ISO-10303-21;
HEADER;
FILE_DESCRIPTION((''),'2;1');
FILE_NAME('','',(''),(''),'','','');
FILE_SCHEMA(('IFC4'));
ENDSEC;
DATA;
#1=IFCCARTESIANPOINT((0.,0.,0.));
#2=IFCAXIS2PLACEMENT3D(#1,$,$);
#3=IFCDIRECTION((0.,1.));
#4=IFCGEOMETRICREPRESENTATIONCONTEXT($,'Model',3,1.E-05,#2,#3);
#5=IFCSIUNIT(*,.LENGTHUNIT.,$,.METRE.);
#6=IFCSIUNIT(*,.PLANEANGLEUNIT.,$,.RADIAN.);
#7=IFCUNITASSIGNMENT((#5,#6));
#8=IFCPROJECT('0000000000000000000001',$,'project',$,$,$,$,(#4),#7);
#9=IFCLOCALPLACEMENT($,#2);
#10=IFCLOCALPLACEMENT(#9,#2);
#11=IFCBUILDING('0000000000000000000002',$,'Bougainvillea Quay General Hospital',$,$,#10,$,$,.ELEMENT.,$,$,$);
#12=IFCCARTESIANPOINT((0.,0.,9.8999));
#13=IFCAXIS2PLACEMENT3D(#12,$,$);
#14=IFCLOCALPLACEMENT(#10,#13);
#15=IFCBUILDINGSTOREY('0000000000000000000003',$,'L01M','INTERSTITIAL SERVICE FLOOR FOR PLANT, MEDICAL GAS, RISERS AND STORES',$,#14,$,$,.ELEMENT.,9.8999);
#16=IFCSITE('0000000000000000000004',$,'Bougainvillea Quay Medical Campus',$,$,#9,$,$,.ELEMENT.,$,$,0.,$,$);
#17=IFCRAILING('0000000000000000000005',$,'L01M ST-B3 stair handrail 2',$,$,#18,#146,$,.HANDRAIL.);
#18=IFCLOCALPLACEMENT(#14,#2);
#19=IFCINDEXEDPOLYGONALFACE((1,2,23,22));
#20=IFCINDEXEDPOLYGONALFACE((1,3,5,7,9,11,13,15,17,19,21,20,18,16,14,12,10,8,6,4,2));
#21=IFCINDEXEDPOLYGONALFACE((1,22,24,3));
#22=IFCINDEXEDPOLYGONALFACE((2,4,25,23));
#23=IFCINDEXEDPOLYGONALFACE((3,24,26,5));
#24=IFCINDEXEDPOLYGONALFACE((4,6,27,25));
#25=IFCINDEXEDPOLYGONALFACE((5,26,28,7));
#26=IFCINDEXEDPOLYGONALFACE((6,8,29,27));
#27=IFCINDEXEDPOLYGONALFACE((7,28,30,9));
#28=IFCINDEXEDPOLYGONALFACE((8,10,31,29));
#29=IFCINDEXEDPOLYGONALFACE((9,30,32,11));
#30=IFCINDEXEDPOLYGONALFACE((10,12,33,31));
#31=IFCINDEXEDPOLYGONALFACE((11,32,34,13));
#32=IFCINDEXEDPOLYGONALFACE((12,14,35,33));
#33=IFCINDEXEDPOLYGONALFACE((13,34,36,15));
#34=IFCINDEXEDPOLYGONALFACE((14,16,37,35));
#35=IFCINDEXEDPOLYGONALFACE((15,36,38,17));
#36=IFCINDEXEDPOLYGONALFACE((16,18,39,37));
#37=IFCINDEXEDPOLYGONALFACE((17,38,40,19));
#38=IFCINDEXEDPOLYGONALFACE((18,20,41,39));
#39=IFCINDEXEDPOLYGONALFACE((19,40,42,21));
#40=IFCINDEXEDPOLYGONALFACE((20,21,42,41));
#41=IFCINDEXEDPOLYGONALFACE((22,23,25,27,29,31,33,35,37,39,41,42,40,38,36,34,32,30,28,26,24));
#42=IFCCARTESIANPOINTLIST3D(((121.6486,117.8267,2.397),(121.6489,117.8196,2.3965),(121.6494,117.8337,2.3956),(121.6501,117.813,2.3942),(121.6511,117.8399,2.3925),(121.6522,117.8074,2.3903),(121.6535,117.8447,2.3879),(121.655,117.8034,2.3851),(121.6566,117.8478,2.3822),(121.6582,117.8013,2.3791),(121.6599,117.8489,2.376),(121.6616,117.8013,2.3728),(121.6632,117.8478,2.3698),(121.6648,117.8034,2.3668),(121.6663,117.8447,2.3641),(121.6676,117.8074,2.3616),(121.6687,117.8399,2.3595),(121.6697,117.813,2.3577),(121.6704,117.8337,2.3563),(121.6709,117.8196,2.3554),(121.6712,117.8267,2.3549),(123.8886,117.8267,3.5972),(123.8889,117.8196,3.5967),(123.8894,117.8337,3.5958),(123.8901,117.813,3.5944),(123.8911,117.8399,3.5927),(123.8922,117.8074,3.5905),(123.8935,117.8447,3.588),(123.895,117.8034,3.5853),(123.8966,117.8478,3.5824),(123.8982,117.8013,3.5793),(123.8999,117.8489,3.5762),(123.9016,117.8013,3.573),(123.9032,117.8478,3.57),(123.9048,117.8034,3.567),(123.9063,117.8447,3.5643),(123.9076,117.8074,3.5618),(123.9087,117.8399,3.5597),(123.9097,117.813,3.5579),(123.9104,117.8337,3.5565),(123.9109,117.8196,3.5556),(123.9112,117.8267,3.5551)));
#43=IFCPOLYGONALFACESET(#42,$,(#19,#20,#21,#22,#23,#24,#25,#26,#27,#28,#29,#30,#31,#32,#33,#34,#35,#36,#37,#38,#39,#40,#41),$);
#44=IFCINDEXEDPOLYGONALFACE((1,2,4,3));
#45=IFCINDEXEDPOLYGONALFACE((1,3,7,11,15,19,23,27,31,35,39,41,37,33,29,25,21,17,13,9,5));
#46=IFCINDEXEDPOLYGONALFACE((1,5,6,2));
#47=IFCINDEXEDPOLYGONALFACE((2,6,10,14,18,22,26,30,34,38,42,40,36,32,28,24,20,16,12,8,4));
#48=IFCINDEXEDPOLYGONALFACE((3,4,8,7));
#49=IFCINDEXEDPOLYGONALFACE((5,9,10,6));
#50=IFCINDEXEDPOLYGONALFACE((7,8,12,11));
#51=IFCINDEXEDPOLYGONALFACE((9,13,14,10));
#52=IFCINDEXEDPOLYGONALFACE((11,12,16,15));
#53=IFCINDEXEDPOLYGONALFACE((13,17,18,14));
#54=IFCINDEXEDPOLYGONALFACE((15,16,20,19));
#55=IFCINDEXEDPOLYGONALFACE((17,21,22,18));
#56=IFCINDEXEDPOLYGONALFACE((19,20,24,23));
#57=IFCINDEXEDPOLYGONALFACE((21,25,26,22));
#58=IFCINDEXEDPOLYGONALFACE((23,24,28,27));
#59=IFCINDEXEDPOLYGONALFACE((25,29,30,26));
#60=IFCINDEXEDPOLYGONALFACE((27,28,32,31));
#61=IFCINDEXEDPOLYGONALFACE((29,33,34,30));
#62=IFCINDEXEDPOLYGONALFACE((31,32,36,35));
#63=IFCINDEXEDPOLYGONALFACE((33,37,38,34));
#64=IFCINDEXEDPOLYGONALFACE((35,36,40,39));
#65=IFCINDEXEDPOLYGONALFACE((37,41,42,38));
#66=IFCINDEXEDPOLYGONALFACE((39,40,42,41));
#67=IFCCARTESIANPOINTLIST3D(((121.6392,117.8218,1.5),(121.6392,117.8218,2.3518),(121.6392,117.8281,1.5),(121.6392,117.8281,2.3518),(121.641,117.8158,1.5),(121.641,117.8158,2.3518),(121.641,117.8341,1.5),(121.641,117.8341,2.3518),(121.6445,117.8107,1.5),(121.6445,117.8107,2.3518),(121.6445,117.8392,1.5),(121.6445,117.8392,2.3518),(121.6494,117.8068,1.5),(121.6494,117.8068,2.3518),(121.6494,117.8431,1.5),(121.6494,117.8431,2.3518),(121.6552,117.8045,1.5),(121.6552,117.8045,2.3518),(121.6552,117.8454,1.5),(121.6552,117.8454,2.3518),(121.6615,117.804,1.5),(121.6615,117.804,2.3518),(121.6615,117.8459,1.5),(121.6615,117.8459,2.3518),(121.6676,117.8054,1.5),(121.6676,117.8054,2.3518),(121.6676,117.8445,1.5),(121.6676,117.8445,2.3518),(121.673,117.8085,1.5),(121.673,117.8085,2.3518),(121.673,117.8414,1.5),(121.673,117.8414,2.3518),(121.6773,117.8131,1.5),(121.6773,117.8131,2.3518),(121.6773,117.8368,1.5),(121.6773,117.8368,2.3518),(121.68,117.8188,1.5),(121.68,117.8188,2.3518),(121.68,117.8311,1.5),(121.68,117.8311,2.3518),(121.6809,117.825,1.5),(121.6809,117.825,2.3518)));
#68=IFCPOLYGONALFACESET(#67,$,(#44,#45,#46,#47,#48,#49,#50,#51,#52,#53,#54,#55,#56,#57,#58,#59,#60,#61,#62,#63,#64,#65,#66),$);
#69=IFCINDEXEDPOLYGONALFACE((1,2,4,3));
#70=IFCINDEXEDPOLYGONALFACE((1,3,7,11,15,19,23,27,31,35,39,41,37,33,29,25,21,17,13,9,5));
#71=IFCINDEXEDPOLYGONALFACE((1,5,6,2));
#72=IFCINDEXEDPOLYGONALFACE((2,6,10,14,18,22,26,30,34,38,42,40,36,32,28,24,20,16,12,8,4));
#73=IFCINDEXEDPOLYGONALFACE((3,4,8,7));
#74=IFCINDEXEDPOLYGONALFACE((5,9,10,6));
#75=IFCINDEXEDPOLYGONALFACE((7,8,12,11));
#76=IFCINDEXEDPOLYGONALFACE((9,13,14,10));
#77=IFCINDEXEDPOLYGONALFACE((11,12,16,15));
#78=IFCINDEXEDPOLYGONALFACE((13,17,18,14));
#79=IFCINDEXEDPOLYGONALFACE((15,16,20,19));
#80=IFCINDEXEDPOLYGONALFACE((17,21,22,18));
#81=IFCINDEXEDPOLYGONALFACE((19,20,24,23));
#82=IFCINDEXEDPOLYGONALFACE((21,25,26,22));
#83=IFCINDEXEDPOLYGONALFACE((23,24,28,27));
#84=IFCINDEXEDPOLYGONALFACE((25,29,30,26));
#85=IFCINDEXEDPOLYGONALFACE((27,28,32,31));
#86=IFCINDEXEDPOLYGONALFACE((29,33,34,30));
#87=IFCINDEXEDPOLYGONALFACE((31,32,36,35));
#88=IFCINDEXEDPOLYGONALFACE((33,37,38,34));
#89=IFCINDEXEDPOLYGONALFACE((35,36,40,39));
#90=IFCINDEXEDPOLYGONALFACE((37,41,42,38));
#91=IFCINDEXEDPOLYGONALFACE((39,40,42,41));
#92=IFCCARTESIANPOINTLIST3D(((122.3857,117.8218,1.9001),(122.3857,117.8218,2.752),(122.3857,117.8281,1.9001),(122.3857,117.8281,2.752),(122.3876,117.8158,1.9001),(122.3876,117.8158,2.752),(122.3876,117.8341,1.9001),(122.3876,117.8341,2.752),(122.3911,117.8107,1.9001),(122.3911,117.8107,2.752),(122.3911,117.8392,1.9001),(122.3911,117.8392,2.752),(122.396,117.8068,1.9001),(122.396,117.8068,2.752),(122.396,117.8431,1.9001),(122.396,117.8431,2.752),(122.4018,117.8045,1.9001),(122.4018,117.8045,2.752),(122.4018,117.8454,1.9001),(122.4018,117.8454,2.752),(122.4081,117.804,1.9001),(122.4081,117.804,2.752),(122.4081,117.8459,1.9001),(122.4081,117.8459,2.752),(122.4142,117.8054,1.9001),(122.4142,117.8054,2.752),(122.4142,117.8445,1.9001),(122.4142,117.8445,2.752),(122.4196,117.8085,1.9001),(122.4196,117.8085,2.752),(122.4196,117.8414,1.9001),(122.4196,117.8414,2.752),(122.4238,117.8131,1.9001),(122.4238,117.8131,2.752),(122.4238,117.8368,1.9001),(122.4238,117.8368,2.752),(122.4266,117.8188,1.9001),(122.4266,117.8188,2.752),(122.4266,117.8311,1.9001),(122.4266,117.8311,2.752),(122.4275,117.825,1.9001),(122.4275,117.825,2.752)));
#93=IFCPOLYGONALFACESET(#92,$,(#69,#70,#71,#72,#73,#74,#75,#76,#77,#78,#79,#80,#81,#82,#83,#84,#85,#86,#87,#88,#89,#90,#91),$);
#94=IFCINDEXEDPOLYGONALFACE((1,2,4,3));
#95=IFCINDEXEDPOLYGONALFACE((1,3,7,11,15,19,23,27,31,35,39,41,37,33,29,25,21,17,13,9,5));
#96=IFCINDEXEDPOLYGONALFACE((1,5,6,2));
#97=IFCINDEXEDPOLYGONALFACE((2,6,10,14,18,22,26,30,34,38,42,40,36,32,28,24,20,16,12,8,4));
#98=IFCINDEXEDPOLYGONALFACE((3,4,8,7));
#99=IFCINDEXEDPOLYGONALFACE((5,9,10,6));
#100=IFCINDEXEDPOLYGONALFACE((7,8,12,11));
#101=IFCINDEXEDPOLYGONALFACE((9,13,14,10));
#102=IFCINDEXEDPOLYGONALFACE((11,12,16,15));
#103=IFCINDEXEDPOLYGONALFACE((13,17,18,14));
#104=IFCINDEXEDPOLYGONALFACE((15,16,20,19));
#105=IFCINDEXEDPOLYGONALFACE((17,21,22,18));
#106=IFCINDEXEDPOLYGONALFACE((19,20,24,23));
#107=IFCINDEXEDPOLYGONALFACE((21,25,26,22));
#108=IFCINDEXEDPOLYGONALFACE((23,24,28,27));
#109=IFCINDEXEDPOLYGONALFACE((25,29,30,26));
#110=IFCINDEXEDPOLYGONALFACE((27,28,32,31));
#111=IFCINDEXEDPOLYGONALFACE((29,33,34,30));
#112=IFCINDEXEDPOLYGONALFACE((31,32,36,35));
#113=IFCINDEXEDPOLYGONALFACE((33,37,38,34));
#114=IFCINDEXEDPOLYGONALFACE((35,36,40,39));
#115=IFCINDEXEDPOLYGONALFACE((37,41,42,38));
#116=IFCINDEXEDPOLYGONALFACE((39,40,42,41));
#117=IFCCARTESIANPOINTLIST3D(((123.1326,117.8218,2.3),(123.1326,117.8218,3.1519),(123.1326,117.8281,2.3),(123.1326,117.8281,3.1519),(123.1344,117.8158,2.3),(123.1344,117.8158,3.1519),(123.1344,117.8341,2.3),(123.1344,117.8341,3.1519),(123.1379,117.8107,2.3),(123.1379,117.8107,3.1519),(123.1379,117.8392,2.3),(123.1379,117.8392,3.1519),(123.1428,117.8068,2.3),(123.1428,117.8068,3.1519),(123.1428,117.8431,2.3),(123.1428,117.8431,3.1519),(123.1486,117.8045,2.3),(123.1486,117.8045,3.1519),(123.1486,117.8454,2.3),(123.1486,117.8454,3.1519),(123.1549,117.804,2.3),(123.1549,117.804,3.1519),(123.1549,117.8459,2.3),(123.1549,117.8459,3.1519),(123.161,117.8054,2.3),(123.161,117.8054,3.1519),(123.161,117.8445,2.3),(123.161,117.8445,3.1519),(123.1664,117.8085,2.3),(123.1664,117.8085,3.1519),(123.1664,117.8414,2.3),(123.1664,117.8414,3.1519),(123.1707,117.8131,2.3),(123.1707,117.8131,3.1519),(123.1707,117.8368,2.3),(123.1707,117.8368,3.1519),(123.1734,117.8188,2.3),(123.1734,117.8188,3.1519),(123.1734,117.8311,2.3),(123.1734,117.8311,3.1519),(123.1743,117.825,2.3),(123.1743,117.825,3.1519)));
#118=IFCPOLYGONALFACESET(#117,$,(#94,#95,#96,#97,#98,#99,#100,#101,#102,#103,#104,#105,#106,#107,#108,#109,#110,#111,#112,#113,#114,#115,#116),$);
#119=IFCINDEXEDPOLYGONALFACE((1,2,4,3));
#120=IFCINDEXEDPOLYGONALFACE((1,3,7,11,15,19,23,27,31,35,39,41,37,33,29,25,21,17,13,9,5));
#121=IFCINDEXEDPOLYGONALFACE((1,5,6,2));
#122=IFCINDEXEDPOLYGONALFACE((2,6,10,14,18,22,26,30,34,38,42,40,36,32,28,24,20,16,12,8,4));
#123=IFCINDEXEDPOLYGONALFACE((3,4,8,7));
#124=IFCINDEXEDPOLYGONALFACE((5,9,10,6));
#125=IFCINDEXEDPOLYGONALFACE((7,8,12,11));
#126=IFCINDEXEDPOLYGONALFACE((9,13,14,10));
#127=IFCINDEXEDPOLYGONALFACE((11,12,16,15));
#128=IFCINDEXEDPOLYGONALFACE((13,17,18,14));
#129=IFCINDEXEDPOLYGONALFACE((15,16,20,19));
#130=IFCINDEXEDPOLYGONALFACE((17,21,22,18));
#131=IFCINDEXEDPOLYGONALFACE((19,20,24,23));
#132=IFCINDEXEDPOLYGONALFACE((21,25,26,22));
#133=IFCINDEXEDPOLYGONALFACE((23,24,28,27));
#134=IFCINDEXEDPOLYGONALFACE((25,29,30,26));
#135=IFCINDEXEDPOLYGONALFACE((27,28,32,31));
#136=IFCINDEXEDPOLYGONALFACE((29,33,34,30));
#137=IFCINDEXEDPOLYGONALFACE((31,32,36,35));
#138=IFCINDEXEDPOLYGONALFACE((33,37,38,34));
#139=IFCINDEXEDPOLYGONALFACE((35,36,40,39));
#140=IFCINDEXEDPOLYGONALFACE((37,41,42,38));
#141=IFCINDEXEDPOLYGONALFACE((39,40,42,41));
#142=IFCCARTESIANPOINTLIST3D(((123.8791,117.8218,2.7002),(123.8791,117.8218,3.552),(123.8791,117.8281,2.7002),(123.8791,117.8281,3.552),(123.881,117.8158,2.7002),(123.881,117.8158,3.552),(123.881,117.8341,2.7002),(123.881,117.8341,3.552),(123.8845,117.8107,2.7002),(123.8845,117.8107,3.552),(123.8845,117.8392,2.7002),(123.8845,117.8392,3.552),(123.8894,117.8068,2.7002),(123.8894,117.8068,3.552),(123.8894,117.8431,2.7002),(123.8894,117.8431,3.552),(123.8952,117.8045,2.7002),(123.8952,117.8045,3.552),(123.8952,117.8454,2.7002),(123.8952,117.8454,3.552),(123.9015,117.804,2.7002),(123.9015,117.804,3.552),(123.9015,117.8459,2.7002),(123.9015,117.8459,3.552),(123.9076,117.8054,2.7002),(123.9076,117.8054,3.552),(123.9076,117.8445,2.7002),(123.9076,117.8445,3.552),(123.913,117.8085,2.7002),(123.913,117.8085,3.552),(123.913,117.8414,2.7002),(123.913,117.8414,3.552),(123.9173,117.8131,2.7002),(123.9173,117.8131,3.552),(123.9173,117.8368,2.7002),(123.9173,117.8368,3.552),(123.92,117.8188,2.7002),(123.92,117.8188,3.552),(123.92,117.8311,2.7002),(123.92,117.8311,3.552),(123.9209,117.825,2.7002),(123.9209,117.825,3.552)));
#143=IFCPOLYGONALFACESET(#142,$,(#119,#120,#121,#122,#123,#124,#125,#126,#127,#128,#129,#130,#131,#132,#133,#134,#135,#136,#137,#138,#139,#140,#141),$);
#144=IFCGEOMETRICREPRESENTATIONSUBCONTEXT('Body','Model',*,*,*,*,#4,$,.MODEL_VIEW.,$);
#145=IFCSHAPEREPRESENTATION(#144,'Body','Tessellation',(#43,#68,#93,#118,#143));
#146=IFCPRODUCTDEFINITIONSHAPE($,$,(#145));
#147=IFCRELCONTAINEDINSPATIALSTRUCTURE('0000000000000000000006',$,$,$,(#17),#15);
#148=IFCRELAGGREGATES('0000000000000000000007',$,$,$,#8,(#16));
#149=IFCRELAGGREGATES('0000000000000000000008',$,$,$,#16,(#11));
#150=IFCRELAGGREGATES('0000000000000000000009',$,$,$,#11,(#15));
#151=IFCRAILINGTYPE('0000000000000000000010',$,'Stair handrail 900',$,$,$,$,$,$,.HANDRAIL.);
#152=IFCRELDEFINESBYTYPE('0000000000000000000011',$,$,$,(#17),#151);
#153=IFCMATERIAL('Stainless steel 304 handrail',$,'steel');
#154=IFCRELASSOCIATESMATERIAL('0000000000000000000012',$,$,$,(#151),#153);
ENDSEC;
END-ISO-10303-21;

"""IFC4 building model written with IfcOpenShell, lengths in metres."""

from ifc_helpers import new_model, si_unit, direction, frame, origin, origin_2d, place, context, subcontext, project, spatial, circle, extrude, material, type_object, element, save


model = new_model("IFC4")

# Units and contexts
model_context = context("Model", 3, precision=1e-05, world=origin(), true_north=direction((0.0, 1.0)))
body_context = subcontext(model_context, "Body", "Model", "MODEL_VIEW")
ifc_project = project(units=[si_unit("LENGTHUNIT", "METRE"), si_unit("PLANEANGLEUNIT", "RADIAN")], contexts=[model_context])

# Site, building, storey
site_placement = place(None, origin())
site = spatial("IfcSite", under=ifc_project, at=site_placement, Name="Bougainvillea Quay Medical Campus", CompositionType="ELEMENT", RefElevation=0.0)
building_placement = place(site_placement, origin())
building = spatial("IfcBuilding", under=site, at=building_placement, Name="Bougainvillea Quay General Hospital", CompositionType="ELEMENT")
storey_placement = place(building_placement, frame((0.0, 0.0, 9.8999)))
storey = spatial("IfcBuildingStorey", under=building, at=storey_placement, Name="L01M", Description="INTERSTITIAL SERVICE FLOOR FOR PLANT, MEDICAL GAS, RISERS AND STORES", CompositionType="ELEMENT", Elevation=9.8999)

# Railing
ifc_material_1 = material(Name="Stainless steel 304 handrail", Category="steel")
railing_type_1 = type_object("IfcRailingType", Name="Stair handrail 900", PredefinedType="HANDRAIL", material=ifc_material_1)
railing_1_placement = place(storey_placement, frame((121.6599, 117.825, 1.5)))
element("IfcRailing", 1, at=railing_1_placement, inside=storey, type_object=railing_type_1, Name="L01M ST-B3 stair handrail 2", PredefinedType="HANDRAIL", context=body_context, shape_type="SweptSolid", body=[
    extrude(circle(Radius=0.0239, at=origin_2d()), frame((0.0, 0.0, 0.876), z_axis=(0.881447, 0.0, 0.472283), x_axis=(0.0, 1.0, 0.0)), (0.0, 0.0, 1.0), 2.5413),
    extrude(circle(Radius=0.021, at=origin_2d()), origin(), (0.0, 0.0, 1.0), 0.8518),
    extrude(circle(Radius=0.021, at=origin_2d()), frame((0.7466, 0.0, 0.4001)), (0.0, 0.0, 1.0), 0.8518),
    extrude(circle(Radius=0.021, at=origin_2d()), frame((1.4934, 0.0, 0.8)), (0.0, 0.0, 1.0), 0.8518),
    extrude(circle(Radius=0.021, at=origin_2d()), frame((2.24, 0.0, 1.2002)), (0.0, 0.0, 1.0), 0.8518),
])

save(model, "model.ifc")
